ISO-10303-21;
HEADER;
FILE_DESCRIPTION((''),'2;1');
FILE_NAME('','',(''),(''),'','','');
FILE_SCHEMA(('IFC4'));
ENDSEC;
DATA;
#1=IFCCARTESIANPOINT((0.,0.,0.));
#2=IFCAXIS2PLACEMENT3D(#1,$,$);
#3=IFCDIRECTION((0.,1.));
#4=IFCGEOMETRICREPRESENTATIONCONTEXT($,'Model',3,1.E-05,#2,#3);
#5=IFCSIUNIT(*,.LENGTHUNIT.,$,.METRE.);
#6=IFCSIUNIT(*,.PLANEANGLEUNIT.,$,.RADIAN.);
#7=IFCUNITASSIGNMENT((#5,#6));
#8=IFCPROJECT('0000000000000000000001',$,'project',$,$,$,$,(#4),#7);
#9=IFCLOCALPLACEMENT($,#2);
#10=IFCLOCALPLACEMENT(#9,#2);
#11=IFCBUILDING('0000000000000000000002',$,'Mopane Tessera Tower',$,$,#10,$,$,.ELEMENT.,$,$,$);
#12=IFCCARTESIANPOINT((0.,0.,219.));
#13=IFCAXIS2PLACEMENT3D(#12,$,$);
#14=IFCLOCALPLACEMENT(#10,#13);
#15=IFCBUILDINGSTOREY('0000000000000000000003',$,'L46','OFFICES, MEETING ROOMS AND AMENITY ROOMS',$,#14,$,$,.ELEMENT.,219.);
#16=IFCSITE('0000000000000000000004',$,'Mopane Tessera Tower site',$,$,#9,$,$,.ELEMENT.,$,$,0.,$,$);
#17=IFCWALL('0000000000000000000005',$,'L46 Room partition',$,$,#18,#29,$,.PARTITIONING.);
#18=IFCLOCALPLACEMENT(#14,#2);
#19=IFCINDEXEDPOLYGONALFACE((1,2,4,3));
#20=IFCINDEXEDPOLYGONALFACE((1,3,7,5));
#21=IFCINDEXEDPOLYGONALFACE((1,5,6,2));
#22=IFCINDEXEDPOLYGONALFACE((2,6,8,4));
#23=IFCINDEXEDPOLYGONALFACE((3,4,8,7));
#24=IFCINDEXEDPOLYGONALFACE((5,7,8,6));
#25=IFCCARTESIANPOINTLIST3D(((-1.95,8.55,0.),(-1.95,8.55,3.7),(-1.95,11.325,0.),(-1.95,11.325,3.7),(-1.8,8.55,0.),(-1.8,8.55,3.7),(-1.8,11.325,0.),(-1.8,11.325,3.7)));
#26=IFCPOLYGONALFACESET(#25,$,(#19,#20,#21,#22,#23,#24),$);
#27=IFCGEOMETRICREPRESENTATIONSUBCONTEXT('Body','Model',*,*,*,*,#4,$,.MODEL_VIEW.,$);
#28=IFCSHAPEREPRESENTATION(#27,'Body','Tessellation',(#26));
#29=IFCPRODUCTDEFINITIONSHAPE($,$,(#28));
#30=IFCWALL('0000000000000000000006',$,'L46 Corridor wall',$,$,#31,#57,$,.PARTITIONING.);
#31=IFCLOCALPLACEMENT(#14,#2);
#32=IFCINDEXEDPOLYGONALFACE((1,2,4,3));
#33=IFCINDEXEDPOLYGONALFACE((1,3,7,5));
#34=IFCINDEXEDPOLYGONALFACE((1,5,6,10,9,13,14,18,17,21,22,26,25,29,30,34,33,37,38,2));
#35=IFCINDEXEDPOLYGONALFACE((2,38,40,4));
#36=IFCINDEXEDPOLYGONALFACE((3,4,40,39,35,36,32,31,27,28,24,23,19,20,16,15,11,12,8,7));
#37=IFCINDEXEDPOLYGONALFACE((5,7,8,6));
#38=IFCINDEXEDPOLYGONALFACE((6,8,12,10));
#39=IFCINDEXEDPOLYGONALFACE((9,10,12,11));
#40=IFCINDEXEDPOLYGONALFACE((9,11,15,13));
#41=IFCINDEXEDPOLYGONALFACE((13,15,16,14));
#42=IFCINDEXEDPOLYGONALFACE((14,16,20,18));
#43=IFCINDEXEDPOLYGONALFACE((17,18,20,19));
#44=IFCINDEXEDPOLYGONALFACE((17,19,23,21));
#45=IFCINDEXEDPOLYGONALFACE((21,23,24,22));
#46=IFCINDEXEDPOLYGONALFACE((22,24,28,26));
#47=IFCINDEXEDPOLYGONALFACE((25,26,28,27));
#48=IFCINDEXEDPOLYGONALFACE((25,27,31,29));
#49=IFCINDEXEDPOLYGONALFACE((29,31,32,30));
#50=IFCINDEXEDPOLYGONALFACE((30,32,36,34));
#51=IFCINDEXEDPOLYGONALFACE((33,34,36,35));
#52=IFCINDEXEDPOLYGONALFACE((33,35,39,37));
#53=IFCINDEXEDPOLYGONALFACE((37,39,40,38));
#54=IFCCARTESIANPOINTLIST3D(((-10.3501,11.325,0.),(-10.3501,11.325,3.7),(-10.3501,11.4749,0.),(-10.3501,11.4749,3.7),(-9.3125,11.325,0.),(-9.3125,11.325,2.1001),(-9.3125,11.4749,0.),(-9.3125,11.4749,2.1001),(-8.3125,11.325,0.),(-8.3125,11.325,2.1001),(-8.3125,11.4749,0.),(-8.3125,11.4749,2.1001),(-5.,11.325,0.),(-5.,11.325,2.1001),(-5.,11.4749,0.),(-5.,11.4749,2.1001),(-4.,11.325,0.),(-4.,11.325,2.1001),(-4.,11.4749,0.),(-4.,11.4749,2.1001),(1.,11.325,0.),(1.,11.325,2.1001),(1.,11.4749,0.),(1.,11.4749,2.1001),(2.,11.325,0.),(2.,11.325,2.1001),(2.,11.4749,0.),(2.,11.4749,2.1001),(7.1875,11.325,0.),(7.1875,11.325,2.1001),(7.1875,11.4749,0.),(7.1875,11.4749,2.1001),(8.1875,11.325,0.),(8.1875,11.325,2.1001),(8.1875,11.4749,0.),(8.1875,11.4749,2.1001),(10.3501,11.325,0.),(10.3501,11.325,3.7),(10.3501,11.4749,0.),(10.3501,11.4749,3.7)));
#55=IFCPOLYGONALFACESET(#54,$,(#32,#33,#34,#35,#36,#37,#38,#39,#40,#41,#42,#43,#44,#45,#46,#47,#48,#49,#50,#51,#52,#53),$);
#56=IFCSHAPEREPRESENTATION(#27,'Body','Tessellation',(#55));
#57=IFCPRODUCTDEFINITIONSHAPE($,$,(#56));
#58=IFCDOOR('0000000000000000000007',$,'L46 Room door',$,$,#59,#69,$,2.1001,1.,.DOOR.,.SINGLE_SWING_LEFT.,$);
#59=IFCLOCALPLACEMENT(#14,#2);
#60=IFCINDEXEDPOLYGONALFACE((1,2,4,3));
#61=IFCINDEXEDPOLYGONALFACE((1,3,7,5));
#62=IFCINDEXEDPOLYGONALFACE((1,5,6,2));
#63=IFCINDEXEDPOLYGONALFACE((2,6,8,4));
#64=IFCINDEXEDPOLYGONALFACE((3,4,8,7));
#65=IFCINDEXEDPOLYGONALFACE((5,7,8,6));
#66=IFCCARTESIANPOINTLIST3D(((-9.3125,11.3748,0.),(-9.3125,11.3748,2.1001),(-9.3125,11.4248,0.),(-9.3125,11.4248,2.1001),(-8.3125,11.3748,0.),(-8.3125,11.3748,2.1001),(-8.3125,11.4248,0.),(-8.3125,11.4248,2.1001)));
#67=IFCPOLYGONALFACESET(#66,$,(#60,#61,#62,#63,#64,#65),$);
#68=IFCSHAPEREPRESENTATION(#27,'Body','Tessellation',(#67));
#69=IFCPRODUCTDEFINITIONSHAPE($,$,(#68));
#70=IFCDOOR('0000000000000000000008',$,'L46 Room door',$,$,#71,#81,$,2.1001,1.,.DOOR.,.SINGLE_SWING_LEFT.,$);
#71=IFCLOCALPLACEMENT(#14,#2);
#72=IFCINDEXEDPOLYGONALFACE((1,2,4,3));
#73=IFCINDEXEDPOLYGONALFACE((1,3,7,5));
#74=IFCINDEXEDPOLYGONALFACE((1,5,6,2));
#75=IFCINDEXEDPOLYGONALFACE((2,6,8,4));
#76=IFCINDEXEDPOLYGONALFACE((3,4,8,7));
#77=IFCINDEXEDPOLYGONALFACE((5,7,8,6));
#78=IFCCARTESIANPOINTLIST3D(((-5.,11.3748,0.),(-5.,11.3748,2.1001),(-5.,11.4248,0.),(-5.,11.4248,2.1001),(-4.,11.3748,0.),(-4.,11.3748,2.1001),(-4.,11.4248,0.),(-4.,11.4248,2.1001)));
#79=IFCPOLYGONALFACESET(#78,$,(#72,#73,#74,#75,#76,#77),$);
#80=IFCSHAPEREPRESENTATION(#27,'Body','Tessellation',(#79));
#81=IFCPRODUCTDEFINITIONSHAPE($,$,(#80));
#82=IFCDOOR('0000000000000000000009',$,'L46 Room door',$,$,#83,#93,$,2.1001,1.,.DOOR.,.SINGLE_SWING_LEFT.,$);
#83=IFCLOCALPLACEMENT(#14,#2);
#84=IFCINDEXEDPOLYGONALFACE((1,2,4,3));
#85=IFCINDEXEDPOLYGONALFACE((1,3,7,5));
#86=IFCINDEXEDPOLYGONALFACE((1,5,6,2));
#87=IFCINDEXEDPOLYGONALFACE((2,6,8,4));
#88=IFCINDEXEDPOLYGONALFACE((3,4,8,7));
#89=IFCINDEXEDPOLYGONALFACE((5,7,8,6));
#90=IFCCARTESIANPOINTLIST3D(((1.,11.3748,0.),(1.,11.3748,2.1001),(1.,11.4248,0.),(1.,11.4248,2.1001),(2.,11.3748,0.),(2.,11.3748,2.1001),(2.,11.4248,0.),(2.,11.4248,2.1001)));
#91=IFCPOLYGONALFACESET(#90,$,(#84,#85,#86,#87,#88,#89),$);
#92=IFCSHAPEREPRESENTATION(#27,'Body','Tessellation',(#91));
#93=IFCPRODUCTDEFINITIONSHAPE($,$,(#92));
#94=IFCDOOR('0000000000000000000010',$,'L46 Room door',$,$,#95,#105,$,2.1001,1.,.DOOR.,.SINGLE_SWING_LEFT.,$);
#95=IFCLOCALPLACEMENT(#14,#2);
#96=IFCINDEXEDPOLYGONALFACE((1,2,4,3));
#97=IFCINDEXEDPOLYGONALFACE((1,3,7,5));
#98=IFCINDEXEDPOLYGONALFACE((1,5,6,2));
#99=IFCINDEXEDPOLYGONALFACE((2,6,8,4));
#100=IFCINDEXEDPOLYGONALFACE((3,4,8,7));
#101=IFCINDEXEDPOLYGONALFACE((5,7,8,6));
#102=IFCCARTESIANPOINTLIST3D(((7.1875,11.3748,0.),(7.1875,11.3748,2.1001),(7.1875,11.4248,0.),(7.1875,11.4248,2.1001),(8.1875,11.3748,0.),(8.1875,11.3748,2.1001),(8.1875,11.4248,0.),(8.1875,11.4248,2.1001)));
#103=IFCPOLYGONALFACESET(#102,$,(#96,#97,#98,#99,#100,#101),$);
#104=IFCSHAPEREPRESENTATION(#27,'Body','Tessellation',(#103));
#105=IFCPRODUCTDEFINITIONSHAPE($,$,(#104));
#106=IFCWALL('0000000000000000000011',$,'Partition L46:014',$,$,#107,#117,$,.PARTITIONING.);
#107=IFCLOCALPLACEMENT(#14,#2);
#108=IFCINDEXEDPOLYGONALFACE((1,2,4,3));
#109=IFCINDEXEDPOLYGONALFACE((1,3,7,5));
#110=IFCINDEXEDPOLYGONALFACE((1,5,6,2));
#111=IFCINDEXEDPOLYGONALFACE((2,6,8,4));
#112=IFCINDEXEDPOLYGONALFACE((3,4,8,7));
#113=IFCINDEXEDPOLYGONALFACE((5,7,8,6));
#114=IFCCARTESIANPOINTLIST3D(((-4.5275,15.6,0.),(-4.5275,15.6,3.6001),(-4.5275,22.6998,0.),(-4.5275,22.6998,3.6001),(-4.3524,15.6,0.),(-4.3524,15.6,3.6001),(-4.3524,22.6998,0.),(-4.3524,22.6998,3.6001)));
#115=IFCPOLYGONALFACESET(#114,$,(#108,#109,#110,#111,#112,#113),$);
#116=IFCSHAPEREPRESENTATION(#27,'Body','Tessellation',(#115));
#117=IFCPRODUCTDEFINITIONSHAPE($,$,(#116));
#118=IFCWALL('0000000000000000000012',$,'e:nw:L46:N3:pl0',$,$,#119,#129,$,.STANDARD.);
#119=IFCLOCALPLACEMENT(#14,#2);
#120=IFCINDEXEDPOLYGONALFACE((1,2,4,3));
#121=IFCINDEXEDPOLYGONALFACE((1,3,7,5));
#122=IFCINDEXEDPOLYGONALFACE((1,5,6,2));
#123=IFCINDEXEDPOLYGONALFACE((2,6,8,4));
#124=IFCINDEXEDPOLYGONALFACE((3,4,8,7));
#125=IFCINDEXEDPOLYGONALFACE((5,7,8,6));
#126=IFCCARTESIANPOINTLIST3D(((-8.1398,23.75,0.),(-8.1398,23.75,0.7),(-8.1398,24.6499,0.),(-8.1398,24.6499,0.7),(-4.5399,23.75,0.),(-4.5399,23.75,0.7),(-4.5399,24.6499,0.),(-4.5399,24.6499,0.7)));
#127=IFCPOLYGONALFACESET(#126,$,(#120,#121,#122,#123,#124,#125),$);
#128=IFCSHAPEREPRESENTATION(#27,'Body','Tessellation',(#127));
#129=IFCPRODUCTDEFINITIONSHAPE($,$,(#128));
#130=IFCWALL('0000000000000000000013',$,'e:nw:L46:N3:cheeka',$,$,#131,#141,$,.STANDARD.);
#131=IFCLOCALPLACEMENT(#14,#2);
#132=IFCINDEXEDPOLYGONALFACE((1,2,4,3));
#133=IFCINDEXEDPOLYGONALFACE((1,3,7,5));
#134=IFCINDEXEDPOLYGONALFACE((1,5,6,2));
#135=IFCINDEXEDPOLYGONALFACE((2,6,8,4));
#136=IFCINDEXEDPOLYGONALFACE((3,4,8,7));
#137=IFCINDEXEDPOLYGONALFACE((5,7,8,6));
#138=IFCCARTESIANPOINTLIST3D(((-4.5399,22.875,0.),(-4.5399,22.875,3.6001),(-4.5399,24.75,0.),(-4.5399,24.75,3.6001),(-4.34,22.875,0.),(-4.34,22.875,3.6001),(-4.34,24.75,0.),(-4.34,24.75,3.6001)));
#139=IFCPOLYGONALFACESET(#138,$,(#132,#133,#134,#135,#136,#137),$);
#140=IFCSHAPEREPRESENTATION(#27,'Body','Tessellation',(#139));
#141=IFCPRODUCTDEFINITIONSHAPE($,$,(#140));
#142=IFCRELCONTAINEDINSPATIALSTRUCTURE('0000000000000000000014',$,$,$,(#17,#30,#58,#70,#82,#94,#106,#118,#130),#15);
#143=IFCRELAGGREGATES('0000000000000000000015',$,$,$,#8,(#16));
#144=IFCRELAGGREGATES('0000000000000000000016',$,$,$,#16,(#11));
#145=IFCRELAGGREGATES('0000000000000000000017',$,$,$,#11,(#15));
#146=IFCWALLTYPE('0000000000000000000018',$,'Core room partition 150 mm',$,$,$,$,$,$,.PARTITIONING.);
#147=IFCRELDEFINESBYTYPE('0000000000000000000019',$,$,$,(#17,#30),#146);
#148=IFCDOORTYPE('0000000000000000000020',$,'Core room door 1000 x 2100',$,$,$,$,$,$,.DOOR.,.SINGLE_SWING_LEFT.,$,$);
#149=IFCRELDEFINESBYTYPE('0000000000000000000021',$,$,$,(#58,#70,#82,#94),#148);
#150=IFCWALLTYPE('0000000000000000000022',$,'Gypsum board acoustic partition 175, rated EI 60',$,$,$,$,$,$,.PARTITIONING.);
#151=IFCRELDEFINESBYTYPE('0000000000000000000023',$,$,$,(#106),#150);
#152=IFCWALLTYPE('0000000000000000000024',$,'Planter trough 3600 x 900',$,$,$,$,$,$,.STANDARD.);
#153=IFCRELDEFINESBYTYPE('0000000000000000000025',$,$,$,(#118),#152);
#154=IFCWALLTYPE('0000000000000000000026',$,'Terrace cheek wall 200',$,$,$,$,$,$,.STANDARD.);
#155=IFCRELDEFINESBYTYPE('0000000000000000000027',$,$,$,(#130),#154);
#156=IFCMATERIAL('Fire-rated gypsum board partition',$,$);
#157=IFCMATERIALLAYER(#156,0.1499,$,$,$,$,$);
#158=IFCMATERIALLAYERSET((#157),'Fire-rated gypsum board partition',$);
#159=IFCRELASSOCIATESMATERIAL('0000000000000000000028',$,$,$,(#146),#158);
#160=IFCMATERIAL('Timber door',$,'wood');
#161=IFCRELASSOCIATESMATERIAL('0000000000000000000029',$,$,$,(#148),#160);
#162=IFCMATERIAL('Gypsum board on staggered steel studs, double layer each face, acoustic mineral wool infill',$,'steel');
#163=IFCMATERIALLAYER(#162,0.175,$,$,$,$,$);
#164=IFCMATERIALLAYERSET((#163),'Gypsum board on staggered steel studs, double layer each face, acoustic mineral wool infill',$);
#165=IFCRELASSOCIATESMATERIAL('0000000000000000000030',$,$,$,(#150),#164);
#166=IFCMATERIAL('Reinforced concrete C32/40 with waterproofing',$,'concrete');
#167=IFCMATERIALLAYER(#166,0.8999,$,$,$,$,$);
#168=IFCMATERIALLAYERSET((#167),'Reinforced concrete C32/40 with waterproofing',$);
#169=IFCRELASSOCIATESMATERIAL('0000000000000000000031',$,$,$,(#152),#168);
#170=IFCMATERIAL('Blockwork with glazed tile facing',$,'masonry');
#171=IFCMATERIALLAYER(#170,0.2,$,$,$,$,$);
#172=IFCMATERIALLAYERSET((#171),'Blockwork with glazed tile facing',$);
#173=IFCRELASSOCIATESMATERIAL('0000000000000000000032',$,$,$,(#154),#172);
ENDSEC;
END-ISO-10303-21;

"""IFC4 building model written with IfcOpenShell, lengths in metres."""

from ifc_helpers import new_model, si_unit, direction, frame, frame_2d, origin, place, context, subcontext, project, spatial, rectangle, extrude, material, layer, layer_set, type_object, element, fill, save


model = new_model("IFC4")

# Units and contexts
model_context = context("Model", 3, precision=1e-05, world=origin(), true_north=direction((0.0, 1.0)))
body_context = subcontext(model_context, "Body", "Model", "MODEL_VIEW")
ifc_project = project(units=[si_unit("LENGTHUNIT", "METRE"), si_unit("PLANEANGLEUNIT", "RADIAN")], contexts=[model_context])

# Site, building, storey
site_placement = place(None, origin())
site = spatial("IfcSite", under=ifc_project, at=site_placement, Name="Mopane Tessera Tower site", CompositionType="ELEMENT", RefElevation=0.0)
building_placement = place(site_placement, origin())
building = spatial("IfcBuilding", under=site, at=building_placement, Name="Mopane Tessera Tower", CompositionType="ELEMENT")
storey_placement = place(building_placement, frame((0.0, 0.0, 219.0)))
storey = spatial("IfcBuildingStorey", under=building, at=storey_placement, Name="L46", Description="OFFICES, MEETING ROOMS AND AMENITY ROOMS", CompositionType="ELEMENT", Elevation=219.0)

# Wall
ifc_material_1 = material(Name="Fire-rated gypsum board partition")
ifc_layer_1 = layer(ifc_material_1, 0.1499)
ifc_layer_set_1 = layer_set([ifc_layer_1], Name="Fire-rated gypsum board partition")
wall_type_1 = type_object("IfcWallType", Name="Core room partition 150 mm", PredefinedType="PARTITIONING", material=ifc_layer_set_1)
for number, where, z_axis, x_axis, name in (
    (1, (-1.875, 8.55, 0.0), (0.0, 0.0, 1.0), (0.0, 1.0, 0.0), "L46 Room partition"),
):
    element("IfcWall", number, at=place(storey_placement, frame(where, z_axis=z_axis, x_axis=x_axis)), inside=storey, type_object=wall_type_1, Name=name, PredefinedType="PARTITIONING", context=body_context, shape_type="SweptSolid", body=[
        extrude(rectangle(XDim=2.7749, YDim=0.1499, at=frame_2d((1.3875, 0.0))), origin(), (0.0, 0.0, 1.0), 3.7),
    ])

# Wall, openings, doors
wall_1_placement = place(storey_placement, frame((-10.3501, 11.3999, 0.0), z_axis=(0.0, 0.0, 1.0), x_axis=(1.0, 0.0, 0.0)))
wall_1 = element("IfcWall", 2, at=wall_1_placement, inside=storey, type_object=wall_type_1, Name="L46 Corridor wall", PredefinedType="PARTITIONING", context=body_context, shape_type="SweptSolid", body=[
    extrude(rectangle(XDim=20.7002, YDim=0.1499, at=frame_2d((10.3501, 0.0))), origin(), (0.0, 0.0, 1.0), 3.7),
])
opening_1_placement = place(wall_1_placement, frame((1.0376, 0.0, 0.0)))
opening_1 = element("IfcOpeningElement", 3, at=opening_1_placement, cuts=wall_1, PredefinedType="OPENING", context=body_context, shape_type="SweptSolid", body=[
    extrude(rectangle(XDim=1.0, YDim=2.1001, at=frame_2d((0.5, 1.05))), frame((0.0, 0.0869, 0.0), z_axis=(0.0, -1.0, 0.0), x_axis=(1.0, 0.0, 0.0)), (0.0, 0.0, 1.0), 0.1738),
])
opening_2_placement = place(wall_1_placement, frame((5.3501, 0.0, 0.0)))
opening_2 = element("IfcOpeningElement", 4, at=opening_2_placement, cuts=wall_1, PredefinedType="OPENING", context=body_context, shape_type="SweptSolid", body=[
    extrude(rectangle(XDim=1.0, YDim=2.1001, at=frame_2d((0.5, 1.05))), frame((0.0, 0.0869, 0.0), z_axis=(0.0, -1.0, 0.0), x_axis=(1.0, 0.0, 0.0)), (0.0, 0.0, 1.0), 0.1738),
])
opening_3_placement = place(wall_1_placement, frame((11.3501, 0.0, 0.0)))
opening_3 = element("IfcOpeningElement", 5, at=opening_3_placement, cuts=wall_1, PredefinedType="OPENING", context=body_context, shape_type="SweptSolid", body=[
    extrude(rectangle(XDim=1.0, YDim=2.1001, at=frame_2d((0.5, 1.05))), frame((0.0, 0.0869, 0.0), z_axis=(0.0, -1.0, 0.0), x_axis=(1.0, 0.0, 0.0)), (0.0, 0.0, 1.0), 0.1738),
])
opening_4_placement = place(wall_1_placement, frame((17.5376, 0.0, 0.0)))
opening_4 = element("IfcOpeningElement", 6, at=opening_4_placement, cuts=wall_1, PredefinedType="OPENING", context=body_context, shape_type="SweptSolid", body=[
    extrude(rectangle(XDim=1.0, YDim=2.1001, at=frame_2d((0.5, 1.05))), frame((0.0, 0.0869, 0.0), z_axis=(0.0, -1.0, 0.0), x_axis=(1.0, 0.0, 0.0)), (0.0, 0.0, 1.0), 0.1738),
])
ifc_material_2 = material(Name="Timber door", Category="wood")
door_type_1 = type_object("IfcDoorType", Name="Core room door 1000 x 2100", OperationType="SINGLE_SWING_LEFT", PredefinedType="DOOR", material=ifc_material_2)
door_1_placement = place(opening_1_placement, origin())
door_1 = element("IfcDoor", 7, at=door_1_placement, inside=storey, type_object=door_type_1, Name="L46 Room door", OperationType="SINGLE_SWING_LEFT", OverallHeight=2.1001, OverallWidth=1.0, PredefinedType="DOOR", context=body_context, shape_type="SweptSolid", body=[
    extrude(rectangle(XDim=1.0, YDim=2.1001, at=frame_2d((0.5, 1.05))), frame((0.0, 0.0249, 0.0), z_axis=(0.0, -1.0, 0.0), x_axis=(1.0, 0.0, 0.0)), (0.0, 0.0, 1.0), 0.05),
])
fill(opening_1, door_1)
door_2_placement = place(opening_2_placement, origin())
door_2 = element("IfcDoor", 8, at=door_2_placement, inside=storey, type_object=door_type_1, Name="L46 Room door", OperationType="SINGLE_SWING_LEFT", OverallHeight=2.1001, OverallWidth=1.0, PredefinedType="DOOR", context=body_context, shape_type="SweptSolid", body=[
    extrude(rectangle(XDim=1.0, YDim=2.1001, at=frame_2d((0.5, 1.05))), frame((0.0, 0.0249, 0.0), z_axis=(0.0, -1.0, 0.0), x_axis=(1.0, 0.0, 0.0)), (0.0, 0.0, 1.0), 0.05),
])
fill(opening_2, door_2)
door_3_placement = place(opening_3_placement, origin())
door_3 = element("IfcDoor", 9, at=door_3_placement, inside=storey, type_object=door_type_1, Name="L46 Room door", OperationType="SINGLE_SWING_LEFT", OverallHeight=2.1001, OverallWidth=1.0, PredefinedType="DOOR", context=body_context, shape_type="SweptSolid", body=[
    extrude(rectangle(XDim=1.0, YDim=2.1001, at=frame_2d((0.5, 1.05))), frame((0.0, 0.0249, 0.0), z_axis=(0.0, -1.0, 0.0), x_axis=(1.0, 0.0, 0.0)), (0.0, 0.0, 1.0), 0.05),
])
fill(opening_3, door_3)
door_4_placement = place(opening_4_placement, origin())
door_4 = element("IfcDoor", 10, at=door_4_placement, inside=storey, type_object=door_type_1, Name="L46 Room door", OperationType="SINGLE_SWING_LEFT", OverallHeight=2.1001, OverallWidth=1.0, PredefinedType="DOOR", context=body_context, shape_type="SweptSolid", body=[
    extrude(rectangle(XDim=1.0, YDim=2.1001, at=frame_2d((0.5, 1.05))), frame((0.0, 0.0249, 0.0), z_axis=(0.0, -1.0, 0.0), x_axis=(1.0, 0.0, 0.0)), (0.0, 0.0, 1.0), 0.05),
])
fill(opening_4, door_4)

# Walls
ifc_material_3 = material(Name="Gypsum board on staggered steel studs, double layer each face, acoustic mineral wool infill", Category="steel")
ifc_layer_2 = layer(ifc_material_3, 0.175)
ifc_layer_set_2 = layer_set([ifc_layer_2], Name="Gypsum board on staggered steel studs, double layer each face, acoustic mineral wool infill")
wall_type_2 = type_object("IfcWallType", Name="Gypsum board acoustic partition 175, rated EI 60", PredefinedType="PARTITIONING", material=ifc_layer_set_2)
wall_2_placement = place(storey_placement, frame((-4.4399, 15.6001, 0.0), z_axis=(0.0, 0.0, 1.0), x_axis=(0.0, 1.0, 0.0)))
element("IfcWall", 11, at=wall_2_placement, inside=storey, type_object=wall_type_2, Name="Partition L46:014", PredefinedType="PARTITIONING", context=body_context, shape_type="SweptSolid", body=[
    extrude(rectangle(XDim=7.0999, YDim=0.175, at=frame_2d((3.5498, 0.0))), origin(), (0.0, 0.0, 1.0), 3.6001),
])
ifc_material_4 = material(Name="Reinforced concrete C32/40 with waterproofing", Category="concrete")
ifc_layer_3 = layer(ifc_material_4, 0.8999)
ifc_layer_set_3 = layer_set([ifc_layer_3], Name="Reinforced concrete C32/40 with waterproofing")
wall_type_3 = type_object("IfcWallType", Name="Planter trough 3600 x 900", PredefinedType="STANDARD", material=ifc_layer_set_3)
wall_3_placement = place(storey_placement, frame((-4.54, 24.2, 0.0), z_axis=(0.0, 0.0, 1.0), x_axis=(-1.0, 0.0, 0.0)))
element("IfcWall", 12, at=wall_3_placement, inside=storey, type_object=wall_type_3, Name="e:nw:L46:N3:pl0", PredefinedType="STANDARD", context=body_context, shape_type="SweptSolid", body=[
    extrude(rectangle(XDim=3.5999, YDim=0.8999, at=frame_2d((1.7998, 0.0))), origin(), (0.0, 0.0, 1.0), 0.7),
])
ifc_material_5 = material(Name="Blockwork with glazed tile facing", Category="masonry")
ifc_layer_4 = layer(ifc_material_5, 0.2)
ifc_layer_set_4 = layer_set([ifc_layer_4], Name="Blockwork with glazed tile facing")
wall_type_4 = type_object("IfcWallType", Name="Terrace cheek wall 200", PredefinedType="STANDARD", material=ifc_layer_set_4)
wall_4_placement = place(storey_placement, frame((-4.4399, 24.75, 0.0), z_axis=(0.0, 0.0, 1.0), x_axis=(0.0, -1.0, 0.0)))
element("IfcWall", 13, at=wall_4_placement, inside=storey, type_object=wall_type_4, Name="e:nw:L46:N3:cheeka", PredefinedType="STANDARD", context=body_context, shape_type="SweptSolid", body=[
    extrude(rectangle(XDim=1.875, YDim=0.2, at=frame_2d((0.9375, 0.0))), origin(), (0.0, 0.0, 1.0), 3.6001),
])

save(model, "model.ifc")
